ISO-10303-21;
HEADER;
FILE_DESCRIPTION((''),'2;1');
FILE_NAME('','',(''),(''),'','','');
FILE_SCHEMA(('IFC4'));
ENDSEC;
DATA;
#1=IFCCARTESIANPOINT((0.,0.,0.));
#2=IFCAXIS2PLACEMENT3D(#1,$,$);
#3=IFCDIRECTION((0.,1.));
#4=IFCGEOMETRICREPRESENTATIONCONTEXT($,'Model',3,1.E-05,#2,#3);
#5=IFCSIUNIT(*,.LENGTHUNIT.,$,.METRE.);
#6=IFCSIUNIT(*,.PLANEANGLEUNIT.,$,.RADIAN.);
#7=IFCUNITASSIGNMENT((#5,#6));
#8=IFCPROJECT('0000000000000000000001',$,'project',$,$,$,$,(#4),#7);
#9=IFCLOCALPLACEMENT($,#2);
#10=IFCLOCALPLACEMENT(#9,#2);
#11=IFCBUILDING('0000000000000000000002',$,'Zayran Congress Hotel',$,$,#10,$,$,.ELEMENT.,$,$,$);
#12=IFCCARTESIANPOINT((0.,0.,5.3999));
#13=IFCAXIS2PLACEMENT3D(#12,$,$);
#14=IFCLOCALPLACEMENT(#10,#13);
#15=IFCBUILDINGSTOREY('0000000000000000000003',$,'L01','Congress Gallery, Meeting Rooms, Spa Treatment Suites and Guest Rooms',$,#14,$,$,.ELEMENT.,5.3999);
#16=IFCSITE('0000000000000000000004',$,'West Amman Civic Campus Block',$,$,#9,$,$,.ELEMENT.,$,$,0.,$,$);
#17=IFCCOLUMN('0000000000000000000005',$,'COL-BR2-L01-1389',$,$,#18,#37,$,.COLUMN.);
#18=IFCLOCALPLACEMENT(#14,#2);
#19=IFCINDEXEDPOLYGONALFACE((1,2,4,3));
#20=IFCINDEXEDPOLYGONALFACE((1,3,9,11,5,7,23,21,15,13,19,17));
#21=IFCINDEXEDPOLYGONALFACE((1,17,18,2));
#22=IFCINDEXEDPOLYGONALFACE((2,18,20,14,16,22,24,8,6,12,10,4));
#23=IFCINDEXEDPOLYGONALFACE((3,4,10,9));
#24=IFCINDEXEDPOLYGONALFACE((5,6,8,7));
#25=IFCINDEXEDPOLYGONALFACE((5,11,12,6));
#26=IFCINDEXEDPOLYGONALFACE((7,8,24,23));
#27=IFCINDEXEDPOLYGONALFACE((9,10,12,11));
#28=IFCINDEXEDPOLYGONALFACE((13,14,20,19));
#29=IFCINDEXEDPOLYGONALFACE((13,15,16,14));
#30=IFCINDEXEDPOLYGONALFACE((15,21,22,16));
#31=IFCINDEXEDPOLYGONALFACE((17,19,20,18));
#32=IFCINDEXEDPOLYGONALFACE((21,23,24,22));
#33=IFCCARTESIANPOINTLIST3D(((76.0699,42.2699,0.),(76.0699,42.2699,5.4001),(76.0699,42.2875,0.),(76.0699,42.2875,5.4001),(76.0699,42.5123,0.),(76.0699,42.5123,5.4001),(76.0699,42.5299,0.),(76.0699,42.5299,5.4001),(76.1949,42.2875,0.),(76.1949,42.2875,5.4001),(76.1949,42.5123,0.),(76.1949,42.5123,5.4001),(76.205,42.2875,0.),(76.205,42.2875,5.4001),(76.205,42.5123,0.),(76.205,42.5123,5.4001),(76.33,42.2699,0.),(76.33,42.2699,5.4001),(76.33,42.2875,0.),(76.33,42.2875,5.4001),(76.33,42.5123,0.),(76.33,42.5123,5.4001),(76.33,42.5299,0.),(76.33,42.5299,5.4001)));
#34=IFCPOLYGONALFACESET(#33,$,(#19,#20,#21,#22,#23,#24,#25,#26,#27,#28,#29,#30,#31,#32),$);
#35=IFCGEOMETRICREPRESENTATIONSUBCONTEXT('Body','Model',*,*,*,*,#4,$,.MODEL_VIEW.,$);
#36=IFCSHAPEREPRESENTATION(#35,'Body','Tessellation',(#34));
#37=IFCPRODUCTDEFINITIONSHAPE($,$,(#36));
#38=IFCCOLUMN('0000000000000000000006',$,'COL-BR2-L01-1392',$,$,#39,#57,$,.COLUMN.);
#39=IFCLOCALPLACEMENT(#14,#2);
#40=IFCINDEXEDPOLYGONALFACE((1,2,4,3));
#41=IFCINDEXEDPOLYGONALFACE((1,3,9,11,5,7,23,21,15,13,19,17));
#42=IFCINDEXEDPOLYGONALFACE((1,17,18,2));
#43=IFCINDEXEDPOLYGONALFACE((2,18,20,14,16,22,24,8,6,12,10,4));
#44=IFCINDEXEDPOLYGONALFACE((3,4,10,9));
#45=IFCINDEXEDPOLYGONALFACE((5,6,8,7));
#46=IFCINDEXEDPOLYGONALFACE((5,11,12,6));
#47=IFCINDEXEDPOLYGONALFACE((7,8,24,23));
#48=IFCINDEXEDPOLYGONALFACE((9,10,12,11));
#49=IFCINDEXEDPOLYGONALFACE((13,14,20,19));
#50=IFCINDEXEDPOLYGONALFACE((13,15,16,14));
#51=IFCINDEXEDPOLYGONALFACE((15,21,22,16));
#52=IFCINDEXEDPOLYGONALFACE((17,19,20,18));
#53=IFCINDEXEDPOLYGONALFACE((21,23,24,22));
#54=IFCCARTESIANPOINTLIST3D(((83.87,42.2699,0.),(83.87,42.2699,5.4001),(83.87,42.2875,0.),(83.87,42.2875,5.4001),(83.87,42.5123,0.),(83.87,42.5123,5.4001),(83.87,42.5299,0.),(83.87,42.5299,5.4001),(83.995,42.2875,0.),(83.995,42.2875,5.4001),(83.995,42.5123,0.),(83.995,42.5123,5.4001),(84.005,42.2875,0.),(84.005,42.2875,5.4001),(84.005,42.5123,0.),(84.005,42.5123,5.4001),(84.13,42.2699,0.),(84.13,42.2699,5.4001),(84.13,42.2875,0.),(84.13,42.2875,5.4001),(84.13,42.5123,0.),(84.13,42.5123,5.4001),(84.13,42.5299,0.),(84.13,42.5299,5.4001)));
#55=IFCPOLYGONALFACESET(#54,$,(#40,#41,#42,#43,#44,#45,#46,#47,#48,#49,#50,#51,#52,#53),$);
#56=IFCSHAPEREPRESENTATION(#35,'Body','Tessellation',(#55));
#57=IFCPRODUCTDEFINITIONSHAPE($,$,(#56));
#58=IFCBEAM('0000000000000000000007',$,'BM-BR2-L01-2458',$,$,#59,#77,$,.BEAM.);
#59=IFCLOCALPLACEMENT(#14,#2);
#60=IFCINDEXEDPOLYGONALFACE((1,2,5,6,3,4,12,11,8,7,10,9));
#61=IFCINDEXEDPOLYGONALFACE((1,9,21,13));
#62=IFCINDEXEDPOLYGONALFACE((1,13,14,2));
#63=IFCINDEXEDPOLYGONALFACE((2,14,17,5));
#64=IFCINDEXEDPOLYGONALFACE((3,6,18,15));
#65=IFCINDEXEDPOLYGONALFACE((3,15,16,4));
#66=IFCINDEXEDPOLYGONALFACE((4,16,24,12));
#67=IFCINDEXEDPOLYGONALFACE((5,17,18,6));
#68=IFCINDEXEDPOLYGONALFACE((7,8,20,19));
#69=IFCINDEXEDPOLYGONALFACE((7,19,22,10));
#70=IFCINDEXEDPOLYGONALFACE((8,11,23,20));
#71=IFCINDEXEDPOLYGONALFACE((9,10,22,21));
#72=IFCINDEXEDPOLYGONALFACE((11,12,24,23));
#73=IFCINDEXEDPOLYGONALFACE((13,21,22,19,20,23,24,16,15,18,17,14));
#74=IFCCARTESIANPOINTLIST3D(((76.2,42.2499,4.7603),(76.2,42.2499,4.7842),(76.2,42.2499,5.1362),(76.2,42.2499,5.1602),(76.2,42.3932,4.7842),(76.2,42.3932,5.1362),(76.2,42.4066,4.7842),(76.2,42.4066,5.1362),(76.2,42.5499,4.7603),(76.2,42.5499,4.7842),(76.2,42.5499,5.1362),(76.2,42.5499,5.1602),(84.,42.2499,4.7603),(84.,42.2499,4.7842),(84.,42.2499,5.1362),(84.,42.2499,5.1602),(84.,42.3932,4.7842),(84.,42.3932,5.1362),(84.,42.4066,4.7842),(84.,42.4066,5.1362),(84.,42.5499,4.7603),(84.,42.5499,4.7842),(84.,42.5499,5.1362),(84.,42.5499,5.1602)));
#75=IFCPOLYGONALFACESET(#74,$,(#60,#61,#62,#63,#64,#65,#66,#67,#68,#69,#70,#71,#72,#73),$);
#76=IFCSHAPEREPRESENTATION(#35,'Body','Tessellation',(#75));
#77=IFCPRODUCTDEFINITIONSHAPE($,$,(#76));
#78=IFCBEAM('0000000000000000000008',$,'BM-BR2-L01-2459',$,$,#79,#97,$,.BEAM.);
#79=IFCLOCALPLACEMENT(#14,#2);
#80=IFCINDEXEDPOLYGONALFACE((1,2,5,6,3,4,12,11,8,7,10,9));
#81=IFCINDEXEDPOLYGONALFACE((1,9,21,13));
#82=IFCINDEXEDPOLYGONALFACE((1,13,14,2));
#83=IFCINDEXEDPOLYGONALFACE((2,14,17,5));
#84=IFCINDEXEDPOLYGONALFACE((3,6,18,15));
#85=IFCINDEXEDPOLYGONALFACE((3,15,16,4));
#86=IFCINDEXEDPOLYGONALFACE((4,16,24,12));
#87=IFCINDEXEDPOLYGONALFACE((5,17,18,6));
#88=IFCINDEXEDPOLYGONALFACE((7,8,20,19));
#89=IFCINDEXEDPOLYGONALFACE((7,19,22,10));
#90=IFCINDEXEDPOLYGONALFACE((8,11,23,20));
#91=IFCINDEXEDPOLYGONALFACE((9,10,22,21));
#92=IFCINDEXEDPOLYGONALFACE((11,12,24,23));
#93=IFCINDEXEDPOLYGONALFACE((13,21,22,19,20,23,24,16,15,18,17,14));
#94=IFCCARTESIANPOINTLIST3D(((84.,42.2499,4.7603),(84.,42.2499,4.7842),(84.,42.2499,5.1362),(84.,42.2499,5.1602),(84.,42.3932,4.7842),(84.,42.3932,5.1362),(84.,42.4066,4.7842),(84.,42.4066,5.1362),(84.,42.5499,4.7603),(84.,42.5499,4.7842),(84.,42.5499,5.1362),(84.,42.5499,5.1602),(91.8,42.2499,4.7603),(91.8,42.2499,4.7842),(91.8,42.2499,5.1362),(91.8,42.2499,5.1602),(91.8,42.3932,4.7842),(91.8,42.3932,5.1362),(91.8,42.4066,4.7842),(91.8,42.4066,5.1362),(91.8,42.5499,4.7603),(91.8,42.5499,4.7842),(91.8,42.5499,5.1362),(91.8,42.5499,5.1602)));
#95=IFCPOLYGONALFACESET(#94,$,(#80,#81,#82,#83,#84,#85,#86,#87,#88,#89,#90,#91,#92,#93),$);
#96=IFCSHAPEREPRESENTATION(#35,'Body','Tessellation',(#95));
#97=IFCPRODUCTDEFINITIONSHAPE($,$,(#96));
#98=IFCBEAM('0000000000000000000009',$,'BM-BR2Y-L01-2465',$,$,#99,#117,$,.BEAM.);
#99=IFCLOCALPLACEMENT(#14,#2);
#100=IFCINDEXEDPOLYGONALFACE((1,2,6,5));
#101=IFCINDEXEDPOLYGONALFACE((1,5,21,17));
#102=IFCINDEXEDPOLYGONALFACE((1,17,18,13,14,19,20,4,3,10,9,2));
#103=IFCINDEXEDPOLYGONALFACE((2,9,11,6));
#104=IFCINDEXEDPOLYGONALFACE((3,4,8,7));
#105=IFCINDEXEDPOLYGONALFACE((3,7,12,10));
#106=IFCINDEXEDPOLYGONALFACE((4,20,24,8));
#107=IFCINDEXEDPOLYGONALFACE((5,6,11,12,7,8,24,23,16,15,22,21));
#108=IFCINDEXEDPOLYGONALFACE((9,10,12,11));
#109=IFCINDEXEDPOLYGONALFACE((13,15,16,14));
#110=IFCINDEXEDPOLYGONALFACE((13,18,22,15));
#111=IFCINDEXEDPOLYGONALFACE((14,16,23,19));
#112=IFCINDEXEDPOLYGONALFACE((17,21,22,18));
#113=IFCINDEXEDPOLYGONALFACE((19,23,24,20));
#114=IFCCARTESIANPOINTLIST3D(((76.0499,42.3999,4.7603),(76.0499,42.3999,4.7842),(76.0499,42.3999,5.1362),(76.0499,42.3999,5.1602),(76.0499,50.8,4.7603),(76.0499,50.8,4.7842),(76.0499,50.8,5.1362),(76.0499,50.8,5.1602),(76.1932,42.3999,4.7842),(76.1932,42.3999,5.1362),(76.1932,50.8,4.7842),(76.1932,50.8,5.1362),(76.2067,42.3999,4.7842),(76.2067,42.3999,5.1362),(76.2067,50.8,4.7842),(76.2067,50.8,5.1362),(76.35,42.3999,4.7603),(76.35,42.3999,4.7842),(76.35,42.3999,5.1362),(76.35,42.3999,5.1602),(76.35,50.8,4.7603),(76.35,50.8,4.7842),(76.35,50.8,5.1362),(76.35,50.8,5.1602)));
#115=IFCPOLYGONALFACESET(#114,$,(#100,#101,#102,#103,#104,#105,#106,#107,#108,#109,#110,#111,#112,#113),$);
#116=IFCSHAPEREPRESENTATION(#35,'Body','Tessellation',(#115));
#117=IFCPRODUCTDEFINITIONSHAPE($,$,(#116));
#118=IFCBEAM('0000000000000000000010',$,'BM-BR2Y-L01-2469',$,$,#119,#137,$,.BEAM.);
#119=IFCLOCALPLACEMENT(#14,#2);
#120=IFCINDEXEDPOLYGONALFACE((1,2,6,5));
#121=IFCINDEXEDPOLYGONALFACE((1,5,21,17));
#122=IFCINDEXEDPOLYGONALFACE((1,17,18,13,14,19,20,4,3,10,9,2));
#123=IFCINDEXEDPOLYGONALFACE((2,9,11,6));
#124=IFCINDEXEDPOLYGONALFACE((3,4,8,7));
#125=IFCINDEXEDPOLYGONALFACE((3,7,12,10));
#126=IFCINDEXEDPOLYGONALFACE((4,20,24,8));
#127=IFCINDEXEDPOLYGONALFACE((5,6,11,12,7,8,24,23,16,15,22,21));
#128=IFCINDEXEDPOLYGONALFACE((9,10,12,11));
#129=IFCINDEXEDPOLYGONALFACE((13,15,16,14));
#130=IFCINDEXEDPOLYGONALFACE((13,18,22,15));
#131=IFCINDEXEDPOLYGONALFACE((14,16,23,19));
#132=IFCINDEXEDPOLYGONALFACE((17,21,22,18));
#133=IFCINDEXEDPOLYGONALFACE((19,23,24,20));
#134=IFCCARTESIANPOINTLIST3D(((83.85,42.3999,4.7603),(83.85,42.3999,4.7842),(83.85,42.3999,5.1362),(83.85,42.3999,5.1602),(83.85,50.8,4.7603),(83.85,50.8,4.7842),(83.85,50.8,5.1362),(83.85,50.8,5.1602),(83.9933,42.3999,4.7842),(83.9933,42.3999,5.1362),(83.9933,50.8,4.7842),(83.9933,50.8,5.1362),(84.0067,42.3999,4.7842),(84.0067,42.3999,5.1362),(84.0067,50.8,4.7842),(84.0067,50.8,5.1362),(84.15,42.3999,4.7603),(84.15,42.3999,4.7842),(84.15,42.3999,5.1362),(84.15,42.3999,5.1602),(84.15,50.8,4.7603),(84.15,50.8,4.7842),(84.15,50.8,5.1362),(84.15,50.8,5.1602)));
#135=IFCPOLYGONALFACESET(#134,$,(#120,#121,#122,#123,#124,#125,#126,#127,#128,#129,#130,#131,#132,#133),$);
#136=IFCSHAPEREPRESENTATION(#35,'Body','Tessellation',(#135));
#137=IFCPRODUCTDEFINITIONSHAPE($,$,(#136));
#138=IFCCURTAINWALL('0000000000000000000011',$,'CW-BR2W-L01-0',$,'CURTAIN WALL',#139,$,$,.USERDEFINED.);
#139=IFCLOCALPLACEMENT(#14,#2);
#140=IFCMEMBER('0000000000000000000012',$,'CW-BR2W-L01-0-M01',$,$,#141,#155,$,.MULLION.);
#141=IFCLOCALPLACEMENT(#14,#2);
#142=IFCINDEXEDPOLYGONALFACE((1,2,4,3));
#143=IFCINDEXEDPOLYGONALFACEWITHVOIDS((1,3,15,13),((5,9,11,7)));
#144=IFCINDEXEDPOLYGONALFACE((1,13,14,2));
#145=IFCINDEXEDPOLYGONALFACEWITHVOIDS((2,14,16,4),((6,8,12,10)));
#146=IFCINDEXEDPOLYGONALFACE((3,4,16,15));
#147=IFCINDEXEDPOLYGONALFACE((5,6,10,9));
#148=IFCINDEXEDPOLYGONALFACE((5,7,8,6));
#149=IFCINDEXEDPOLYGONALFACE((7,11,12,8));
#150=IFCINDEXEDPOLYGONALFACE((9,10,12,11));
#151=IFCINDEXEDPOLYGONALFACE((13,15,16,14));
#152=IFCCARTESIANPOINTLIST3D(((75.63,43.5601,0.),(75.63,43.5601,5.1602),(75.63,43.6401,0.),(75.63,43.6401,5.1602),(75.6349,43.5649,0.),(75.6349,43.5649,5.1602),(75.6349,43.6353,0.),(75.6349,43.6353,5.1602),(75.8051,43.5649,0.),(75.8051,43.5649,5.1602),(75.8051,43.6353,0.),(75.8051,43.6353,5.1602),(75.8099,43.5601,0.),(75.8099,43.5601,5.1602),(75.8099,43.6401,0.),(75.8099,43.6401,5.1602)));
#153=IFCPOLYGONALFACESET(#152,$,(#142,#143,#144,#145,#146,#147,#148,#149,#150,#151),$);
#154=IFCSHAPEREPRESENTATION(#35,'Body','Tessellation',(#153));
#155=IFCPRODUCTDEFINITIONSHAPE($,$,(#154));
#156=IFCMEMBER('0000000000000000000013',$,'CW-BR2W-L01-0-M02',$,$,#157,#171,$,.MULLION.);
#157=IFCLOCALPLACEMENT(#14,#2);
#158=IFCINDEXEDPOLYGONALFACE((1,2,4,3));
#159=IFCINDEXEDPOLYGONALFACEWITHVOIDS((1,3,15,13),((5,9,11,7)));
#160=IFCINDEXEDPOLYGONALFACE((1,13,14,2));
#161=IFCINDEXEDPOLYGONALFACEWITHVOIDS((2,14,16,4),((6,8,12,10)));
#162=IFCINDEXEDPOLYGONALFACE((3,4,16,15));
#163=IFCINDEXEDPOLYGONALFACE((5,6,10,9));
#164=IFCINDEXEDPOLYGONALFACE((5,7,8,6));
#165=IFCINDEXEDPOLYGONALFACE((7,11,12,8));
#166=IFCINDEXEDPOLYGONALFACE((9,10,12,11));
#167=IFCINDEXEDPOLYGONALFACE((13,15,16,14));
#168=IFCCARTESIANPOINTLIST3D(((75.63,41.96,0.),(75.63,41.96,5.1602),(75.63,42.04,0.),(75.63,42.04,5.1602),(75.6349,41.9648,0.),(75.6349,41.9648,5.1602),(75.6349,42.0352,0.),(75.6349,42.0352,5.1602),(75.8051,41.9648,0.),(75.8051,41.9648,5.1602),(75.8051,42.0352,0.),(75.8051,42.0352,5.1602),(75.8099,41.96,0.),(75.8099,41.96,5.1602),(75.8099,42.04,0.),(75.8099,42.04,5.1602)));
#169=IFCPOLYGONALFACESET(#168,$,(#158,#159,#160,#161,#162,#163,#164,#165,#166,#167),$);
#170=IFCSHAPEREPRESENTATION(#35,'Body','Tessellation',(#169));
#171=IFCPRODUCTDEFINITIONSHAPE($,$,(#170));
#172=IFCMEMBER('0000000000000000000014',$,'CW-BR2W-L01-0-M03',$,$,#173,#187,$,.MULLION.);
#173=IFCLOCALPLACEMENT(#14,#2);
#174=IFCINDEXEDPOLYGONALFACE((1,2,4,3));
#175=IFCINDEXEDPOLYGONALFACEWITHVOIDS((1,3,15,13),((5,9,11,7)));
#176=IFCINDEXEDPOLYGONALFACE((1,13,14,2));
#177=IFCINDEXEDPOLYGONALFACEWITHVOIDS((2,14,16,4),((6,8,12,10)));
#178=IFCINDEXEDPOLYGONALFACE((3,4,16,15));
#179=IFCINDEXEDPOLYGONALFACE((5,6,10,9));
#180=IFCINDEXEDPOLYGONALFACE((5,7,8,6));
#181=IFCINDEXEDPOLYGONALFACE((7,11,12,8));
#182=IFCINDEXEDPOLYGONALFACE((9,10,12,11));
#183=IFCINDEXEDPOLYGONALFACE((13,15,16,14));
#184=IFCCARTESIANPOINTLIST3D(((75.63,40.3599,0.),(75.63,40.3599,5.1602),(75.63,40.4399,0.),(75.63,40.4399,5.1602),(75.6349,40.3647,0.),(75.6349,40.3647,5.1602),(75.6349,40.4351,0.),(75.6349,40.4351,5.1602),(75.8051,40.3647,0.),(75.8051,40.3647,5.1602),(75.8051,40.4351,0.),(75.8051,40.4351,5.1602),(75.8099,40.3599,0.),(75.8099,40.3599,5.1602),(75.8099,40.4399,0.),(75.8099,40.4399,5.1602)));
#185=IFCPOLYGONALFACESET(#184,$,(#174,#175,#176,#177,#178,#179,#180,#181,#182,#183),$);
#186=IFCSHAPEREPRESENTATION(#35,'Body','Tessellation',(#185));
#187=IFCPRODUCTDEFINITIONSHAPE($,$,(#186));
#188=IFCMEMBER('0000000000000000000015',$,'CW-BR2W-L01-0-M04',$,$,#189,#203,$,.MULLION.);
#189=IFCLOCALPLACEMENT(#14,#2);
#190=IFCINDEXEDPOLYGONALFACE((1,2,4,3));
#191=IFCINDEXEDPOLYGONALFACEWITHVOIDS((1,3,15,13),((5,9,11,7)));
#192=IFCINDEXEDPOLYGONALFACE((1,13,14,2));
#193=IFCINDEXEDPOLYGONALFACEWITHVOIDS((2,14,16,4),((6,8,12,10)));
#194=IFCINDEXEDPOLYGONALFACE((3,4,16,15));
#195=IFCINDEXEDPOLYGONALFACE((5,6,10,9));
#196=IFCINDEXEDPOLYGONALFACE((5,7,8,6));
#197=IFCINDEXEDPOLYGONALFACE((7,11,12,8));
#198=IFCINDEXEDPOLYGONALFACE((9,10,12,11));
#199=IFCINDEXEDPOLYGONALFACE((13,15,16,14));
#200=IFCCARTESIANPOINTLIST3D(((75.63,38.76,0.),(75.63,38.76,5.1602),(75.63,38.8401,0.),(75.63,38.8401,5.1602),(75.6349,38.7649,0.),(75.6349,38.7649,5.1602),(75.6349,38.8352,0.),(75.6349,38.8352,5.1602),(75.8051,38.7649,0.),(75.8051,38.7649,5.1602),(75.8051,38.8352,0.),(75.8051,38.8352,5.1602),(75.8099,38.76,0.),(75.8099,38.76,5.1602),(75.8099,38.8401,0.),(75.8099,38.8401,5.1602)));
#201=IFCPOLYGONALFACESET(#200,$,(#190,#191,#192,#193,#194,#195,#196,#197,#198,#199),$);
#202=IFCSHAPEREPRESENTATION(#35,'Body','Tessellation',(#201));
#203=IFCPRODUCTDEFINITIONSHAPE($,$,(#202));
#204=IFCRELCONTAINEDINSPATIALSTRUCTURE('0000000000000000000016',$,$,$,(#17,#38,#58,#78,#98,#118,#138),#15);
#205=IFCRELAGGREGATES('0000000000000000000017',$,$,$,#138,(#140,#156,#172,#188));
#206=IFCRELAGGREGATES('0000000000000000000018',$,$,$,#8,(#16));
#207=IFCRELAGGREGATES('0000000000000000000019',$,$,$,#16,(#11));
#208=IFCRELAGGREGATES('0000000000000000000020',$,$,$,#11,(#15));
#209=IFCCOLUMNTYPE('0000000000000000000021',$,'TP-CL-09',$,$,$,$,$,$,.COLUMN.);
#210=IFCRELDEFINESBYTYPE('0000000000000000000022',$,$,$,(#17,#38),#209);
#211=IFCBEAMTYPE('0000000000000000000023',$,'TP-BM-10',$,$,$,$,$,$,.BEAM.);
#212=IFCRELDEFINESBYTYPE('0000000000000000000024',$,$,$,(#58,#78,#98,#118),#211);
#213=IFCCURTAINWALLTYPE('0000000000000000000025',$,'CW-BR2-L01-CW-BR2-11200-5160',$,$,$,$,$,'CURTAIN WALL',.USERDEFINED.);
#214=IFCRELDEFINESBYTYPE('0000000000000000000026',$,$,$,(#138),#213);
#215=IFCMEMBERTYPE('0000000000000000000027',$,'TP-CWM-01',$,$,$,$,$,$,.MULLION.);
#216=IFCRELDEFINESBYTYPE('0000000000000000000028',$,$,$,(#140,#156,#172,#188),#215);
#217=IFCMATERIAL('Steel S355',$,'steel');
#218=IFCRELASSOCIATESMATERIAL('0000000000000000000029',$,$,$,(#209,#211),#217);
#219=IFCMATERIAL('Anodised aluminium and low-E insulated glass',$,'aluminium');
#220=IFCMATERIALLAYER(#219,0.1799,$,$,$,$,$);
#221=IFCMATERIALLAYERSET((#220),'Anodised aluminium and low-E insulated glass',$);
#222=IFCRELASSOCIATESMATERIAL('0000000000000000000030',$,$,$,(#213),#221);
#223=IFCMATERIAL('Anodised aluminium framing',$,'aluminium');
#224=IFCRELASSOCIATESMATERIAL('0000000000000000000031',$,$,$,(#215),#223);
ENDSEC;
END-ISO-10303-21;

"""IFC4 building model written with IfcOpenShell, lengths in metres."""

from ifc_helpers import new_model, si_unit, direction, frame, origin, origin_2d, place, context, subcontext, project, spatial, hollow_rectangle, i_section, extrude, material, layer, layer_set, material_profile, profile_set, type_object, element, aggregate, save


model = new_model("IFC4")

# Units and contexts
model_context = context("Model", 3, precision=1e-05, world=origin(), true_north=direction((0.0, 1.0)))
body_context = subcontext(model_context, "Body", "Model", "MODEL_VIEW")
ifc_project = project(units=[si_unit("LENGTHUNIT", "METRE"), si_unit("PLANEANGLEUNIT", "RADIAN")], contexts=[model_context])

# Site, building, storey
site_placement = place(None, origin())
site = spatial("IfcSite", under=ifc_project, at=site_placement, Name="West Amman Civic Campus Block", CompositionType="ELEMENT", RefElevation=0.0)
building_placement = place(site_placement, origin())
building = spatial("IfcBuilding", under=site, at=building_placement, Name="Zayran Congress Hotel", CompositionType="ELEMENT")
storey_placement = place(building_placement, frame((0.0, 0.0, 5.3999)))
storey = spatial("IfcBuildingStorey", under=building, at=storey_placement, Name="L01", Description="Congress Gallery, Meeting Rooms, Spa Treatment Suites and Guest Rooms", CompositionType="ELEMENT", Elevation=5.3999)

# Columns
ifc_material_1 = material(Name="Steel S355", Category="steel")
ifc_material_profile_1 = material_profile(ifc_material_1, i_section(OverallWidth=0.26, OverallDepth=0.26, WebThickness=0.01, FlangeThickness=0.0176, at=origin_2d()), Name="HEB 260")
ifc_profile_set_1 = profile_set([ifc_material_profile_1], Name="Steel S355")
column_type = type_object("IfcColumnType", Name="TP-CL-09", PredefinedType="COLUMN", material=ifc_profile_set_1)
for number, where, z_axis, x_axis, name in (
    (1, (76.2, 42.3999, 0.0), (0.0, 0.0, 1.0), (1.0, 0.0, 0.0), "COL-BR2-L01-1389"),
    (2, (84.0, 42.3999, 0.0), (0.0, 0.0, 1.0), (1.0, 0.0, 0.0), "COL-BR2-L01-1392"),
):
    element("IfcColumn", number, at=place(storey_placement, frame(where, z_axis=z_axis, x_axis=x_axis)), inside=storey, type_object=column_type, Name=name, PredefinedType="COLUMN", context=body_context, shape_type="SweptSolid", body=[
        extrude(i_section(OverallWidth=0.26, OverallDepth=0.26, WebThickness=0.01, FlangeThickness=0.0176, at=origin_2d()), origin(), (0.0, 0.0, 1.0), 5.4001),
    ])

# Beams
ifc_material_profile_2 = material_profile(ifc_material_1, i_section(OverallWidth=0.3, OverallDepth=0.3999, WebThickness=0.0134, FlangeThickness=0.0239, at=origin_2d()), Name="HEB 400")
ifc_profile_set_2 = profile_set([ifc_material_profile_2], Name="Steel S355")
beam_type = type_object("IfcBeamType", Name="TP-BM-10", PredefinedType="BEAM", material=ifc_profile_set_2)
for number, where, z_axis, x_axis, name in (
    (3, (76.2, 42.3999, 4.9602), (1.0, 0.0, 0.0), (0.0, 1.0, 0.0), "BM-BR2-L01-2458"),
    (4, (84.0, 42.3999, 4.9602), (1.0, 0.0, 0.0), (0.0, 1.0, 0.0), "BM-BR2-L01-2459"),
):
    element("IfcBeam", number, at=place(storey_placement, frame(where, z_axis=z_axis, x_axis=x_axis)), inside=storey, type_object=beam_type, Name=name, PredefinedType="BEAM", context=body_context, shape_type="SweptSolid", body=[
        extrude(i_section(OverallWidth=0.3, OverallDepth=0.3999, WebThickness=0.0134, FlangeThickness=0.0239, at=origin_2d()), origin(), (0.0, 0.0, 1.0), 7.8),
    ])
for number, where, z_axis, x_axis, name in (
    (5, (76.2, 42.3999, 4.9602), (0.0, 1.0, 0.0), (-1.0, 0.0, 0.0), "BM-BR2Y-L01-2465"),
    (6, (84.0, 42.3999, 4.9602), (0.0, 1.0, 0.0), (-1.0, 0.0, 0.0), "BM-BR2Y-L01-2469"),
):
    element("IfcBeam", number, at=place(storey_placement, frame(where, z_axis=z_axis, x_axis=x_axis)), inside=storey, type_object=beam_type, Name=name, PredefinedType="BEAM", context=body_context, shape_type="SweptSolid", body=[
        extrude(i_section(OverallWidth=0.3, OverallDepth=0.3999, WebThickness=0.0134, FlangeThickness=0.0239, at=origin_2d()), origin(), (0.0, 0.0, 1.0), 8.4001),
    ])

# Curtain wall, members
ifc_material_2 = material(Name="Anodised aluminium and low-E insulated glass", Category="aluminium")
ifc_layer_1 = layer(ifc_material_2, 0.1799)
ifc_layer_set_1 = layer_set([ifc_layer_1], Name="Anodised aluminium and low-E insulated glass")
curtain_wall_type = type_object("IfcCurtainWallType", Name="CW-BR2-L01-CW-BR2-11200-5160", ElementType="CURTAIN WALL", PredefinedType="USERDEFINED", material=ifc_layer_set_1)
curtain_wall_placement = place(storey_placement, origin())
curtain_wall = element("IfcCurtainWall", 7, at=curtain_wall_placement, inside=storey, type_object=curtain_wall_type, Name="CW-BR2W-L01-0", ObjectType="CURTAIN WALL", PredefinedType="USERDEFINED")
ifc_material_3 = material(Name="Anodised aluminium framing", Category="aluminium")
ifc_material_profile_3 = material_profile(ifc_material_3, hollow_rectangle(XDim=0.0801, YDim=0.1799, WallThickness=0.0049, at=origin_2d()), Name="RHS 180x80x5")
ifc_profile_set_3 = profile_set([ifc_material_profile_3], Name="Anodised aluminium framing")
member_type_1 = type_object("IfcMemberType", Name="TP-CWM-01", PredefinedType="MULLION", material=ifc_profile_set_3)
member_1_placement = place(storey_placement, frame((75.72, 43.6001, 0.0), z_axis=(0.0, 0.0, 1.0), x_axis=(0.0, 1.0, 0.0)))
member_1 = element("IfcMember", 8, at=member_1_placement, type_object=member_type_1, Name="CW-BR2W-L01-0-M01", PredefinedType="MULLION", context=body_context, shape_type="SweptSolid", body=[
    extrude(hollow_rectangle(XDim=0.0801, YDim=0.1799, WallThickness=0.0049, at=origin_2d()), origin(), (0.0, 0.0, 1.0), 5.1602),
])
member_2_placement = place(storey_placement, frame((75.72, 42.0, 0.0), z_axis=(0.0, 0.0, 1.0), x_axis=(0.0, 1.0, 0.0)))
member_2 = element("IfcMember", 9, at=member_2_placement, type_object=member_type_1, Name="CW-BR2W-L01-0-M02", PredefinedType="MULLION", context=body_context, shape_type="SweptSolid", body=[
    extrude(hollow_rectangle(XDim=0.0801, YDim=0.1799, WallThickness=0.0049, at=origin_2d()), origin(), (0.0, 0.0, 1.0), 5.1602),
])
member_3_placement = place(storey_placement, frame((75.72, 40.3999, 0.0), z_axis=(0.0, 0.0, 1.0), x_axis=(0.0, 1.0, 0.0)))
member_3 = element("IfcMember", 10, at=member_3_placement, type_object=member_type_1, Name="CW-BR2W-L01-0-M03", PredefinedType="MULLION", context=body_context, shape_type="SweptSolid", body=[
    extrude(hollow_rectangle(XDim=0.0801, YDim=0.1799, WallThickness=0.0049, at=origin_2d()), origin(), (0.0, 0.0, 1.0), 5.1602),
])
member_4_placement = place(storey_placement, frame((75.72, 38.8, 0.0), z_axis=(0.0, 0.0, 1.0), x_axis=(0.0, 1.0, 0.0)))
member_4 = element("IfcMember", 11, at=member_4_placement, type_object=member_type_1, Name="CW-BR2W-L01-0-M04", PredefinedType="MULLION", context=body_context, shape_type="SweptSolid", body=[
    extrude(hollow_rectangle(XDim=0.0801, YDim=0.1799, WallThickness=0.0049, at=origin_2d()), origin(), (0.0, 0.0, 1.0), 5.1602),
])
aggregate(curtain_wall, [member_1, member_2, member_3, member_4])

save(model, "model.ifc")
